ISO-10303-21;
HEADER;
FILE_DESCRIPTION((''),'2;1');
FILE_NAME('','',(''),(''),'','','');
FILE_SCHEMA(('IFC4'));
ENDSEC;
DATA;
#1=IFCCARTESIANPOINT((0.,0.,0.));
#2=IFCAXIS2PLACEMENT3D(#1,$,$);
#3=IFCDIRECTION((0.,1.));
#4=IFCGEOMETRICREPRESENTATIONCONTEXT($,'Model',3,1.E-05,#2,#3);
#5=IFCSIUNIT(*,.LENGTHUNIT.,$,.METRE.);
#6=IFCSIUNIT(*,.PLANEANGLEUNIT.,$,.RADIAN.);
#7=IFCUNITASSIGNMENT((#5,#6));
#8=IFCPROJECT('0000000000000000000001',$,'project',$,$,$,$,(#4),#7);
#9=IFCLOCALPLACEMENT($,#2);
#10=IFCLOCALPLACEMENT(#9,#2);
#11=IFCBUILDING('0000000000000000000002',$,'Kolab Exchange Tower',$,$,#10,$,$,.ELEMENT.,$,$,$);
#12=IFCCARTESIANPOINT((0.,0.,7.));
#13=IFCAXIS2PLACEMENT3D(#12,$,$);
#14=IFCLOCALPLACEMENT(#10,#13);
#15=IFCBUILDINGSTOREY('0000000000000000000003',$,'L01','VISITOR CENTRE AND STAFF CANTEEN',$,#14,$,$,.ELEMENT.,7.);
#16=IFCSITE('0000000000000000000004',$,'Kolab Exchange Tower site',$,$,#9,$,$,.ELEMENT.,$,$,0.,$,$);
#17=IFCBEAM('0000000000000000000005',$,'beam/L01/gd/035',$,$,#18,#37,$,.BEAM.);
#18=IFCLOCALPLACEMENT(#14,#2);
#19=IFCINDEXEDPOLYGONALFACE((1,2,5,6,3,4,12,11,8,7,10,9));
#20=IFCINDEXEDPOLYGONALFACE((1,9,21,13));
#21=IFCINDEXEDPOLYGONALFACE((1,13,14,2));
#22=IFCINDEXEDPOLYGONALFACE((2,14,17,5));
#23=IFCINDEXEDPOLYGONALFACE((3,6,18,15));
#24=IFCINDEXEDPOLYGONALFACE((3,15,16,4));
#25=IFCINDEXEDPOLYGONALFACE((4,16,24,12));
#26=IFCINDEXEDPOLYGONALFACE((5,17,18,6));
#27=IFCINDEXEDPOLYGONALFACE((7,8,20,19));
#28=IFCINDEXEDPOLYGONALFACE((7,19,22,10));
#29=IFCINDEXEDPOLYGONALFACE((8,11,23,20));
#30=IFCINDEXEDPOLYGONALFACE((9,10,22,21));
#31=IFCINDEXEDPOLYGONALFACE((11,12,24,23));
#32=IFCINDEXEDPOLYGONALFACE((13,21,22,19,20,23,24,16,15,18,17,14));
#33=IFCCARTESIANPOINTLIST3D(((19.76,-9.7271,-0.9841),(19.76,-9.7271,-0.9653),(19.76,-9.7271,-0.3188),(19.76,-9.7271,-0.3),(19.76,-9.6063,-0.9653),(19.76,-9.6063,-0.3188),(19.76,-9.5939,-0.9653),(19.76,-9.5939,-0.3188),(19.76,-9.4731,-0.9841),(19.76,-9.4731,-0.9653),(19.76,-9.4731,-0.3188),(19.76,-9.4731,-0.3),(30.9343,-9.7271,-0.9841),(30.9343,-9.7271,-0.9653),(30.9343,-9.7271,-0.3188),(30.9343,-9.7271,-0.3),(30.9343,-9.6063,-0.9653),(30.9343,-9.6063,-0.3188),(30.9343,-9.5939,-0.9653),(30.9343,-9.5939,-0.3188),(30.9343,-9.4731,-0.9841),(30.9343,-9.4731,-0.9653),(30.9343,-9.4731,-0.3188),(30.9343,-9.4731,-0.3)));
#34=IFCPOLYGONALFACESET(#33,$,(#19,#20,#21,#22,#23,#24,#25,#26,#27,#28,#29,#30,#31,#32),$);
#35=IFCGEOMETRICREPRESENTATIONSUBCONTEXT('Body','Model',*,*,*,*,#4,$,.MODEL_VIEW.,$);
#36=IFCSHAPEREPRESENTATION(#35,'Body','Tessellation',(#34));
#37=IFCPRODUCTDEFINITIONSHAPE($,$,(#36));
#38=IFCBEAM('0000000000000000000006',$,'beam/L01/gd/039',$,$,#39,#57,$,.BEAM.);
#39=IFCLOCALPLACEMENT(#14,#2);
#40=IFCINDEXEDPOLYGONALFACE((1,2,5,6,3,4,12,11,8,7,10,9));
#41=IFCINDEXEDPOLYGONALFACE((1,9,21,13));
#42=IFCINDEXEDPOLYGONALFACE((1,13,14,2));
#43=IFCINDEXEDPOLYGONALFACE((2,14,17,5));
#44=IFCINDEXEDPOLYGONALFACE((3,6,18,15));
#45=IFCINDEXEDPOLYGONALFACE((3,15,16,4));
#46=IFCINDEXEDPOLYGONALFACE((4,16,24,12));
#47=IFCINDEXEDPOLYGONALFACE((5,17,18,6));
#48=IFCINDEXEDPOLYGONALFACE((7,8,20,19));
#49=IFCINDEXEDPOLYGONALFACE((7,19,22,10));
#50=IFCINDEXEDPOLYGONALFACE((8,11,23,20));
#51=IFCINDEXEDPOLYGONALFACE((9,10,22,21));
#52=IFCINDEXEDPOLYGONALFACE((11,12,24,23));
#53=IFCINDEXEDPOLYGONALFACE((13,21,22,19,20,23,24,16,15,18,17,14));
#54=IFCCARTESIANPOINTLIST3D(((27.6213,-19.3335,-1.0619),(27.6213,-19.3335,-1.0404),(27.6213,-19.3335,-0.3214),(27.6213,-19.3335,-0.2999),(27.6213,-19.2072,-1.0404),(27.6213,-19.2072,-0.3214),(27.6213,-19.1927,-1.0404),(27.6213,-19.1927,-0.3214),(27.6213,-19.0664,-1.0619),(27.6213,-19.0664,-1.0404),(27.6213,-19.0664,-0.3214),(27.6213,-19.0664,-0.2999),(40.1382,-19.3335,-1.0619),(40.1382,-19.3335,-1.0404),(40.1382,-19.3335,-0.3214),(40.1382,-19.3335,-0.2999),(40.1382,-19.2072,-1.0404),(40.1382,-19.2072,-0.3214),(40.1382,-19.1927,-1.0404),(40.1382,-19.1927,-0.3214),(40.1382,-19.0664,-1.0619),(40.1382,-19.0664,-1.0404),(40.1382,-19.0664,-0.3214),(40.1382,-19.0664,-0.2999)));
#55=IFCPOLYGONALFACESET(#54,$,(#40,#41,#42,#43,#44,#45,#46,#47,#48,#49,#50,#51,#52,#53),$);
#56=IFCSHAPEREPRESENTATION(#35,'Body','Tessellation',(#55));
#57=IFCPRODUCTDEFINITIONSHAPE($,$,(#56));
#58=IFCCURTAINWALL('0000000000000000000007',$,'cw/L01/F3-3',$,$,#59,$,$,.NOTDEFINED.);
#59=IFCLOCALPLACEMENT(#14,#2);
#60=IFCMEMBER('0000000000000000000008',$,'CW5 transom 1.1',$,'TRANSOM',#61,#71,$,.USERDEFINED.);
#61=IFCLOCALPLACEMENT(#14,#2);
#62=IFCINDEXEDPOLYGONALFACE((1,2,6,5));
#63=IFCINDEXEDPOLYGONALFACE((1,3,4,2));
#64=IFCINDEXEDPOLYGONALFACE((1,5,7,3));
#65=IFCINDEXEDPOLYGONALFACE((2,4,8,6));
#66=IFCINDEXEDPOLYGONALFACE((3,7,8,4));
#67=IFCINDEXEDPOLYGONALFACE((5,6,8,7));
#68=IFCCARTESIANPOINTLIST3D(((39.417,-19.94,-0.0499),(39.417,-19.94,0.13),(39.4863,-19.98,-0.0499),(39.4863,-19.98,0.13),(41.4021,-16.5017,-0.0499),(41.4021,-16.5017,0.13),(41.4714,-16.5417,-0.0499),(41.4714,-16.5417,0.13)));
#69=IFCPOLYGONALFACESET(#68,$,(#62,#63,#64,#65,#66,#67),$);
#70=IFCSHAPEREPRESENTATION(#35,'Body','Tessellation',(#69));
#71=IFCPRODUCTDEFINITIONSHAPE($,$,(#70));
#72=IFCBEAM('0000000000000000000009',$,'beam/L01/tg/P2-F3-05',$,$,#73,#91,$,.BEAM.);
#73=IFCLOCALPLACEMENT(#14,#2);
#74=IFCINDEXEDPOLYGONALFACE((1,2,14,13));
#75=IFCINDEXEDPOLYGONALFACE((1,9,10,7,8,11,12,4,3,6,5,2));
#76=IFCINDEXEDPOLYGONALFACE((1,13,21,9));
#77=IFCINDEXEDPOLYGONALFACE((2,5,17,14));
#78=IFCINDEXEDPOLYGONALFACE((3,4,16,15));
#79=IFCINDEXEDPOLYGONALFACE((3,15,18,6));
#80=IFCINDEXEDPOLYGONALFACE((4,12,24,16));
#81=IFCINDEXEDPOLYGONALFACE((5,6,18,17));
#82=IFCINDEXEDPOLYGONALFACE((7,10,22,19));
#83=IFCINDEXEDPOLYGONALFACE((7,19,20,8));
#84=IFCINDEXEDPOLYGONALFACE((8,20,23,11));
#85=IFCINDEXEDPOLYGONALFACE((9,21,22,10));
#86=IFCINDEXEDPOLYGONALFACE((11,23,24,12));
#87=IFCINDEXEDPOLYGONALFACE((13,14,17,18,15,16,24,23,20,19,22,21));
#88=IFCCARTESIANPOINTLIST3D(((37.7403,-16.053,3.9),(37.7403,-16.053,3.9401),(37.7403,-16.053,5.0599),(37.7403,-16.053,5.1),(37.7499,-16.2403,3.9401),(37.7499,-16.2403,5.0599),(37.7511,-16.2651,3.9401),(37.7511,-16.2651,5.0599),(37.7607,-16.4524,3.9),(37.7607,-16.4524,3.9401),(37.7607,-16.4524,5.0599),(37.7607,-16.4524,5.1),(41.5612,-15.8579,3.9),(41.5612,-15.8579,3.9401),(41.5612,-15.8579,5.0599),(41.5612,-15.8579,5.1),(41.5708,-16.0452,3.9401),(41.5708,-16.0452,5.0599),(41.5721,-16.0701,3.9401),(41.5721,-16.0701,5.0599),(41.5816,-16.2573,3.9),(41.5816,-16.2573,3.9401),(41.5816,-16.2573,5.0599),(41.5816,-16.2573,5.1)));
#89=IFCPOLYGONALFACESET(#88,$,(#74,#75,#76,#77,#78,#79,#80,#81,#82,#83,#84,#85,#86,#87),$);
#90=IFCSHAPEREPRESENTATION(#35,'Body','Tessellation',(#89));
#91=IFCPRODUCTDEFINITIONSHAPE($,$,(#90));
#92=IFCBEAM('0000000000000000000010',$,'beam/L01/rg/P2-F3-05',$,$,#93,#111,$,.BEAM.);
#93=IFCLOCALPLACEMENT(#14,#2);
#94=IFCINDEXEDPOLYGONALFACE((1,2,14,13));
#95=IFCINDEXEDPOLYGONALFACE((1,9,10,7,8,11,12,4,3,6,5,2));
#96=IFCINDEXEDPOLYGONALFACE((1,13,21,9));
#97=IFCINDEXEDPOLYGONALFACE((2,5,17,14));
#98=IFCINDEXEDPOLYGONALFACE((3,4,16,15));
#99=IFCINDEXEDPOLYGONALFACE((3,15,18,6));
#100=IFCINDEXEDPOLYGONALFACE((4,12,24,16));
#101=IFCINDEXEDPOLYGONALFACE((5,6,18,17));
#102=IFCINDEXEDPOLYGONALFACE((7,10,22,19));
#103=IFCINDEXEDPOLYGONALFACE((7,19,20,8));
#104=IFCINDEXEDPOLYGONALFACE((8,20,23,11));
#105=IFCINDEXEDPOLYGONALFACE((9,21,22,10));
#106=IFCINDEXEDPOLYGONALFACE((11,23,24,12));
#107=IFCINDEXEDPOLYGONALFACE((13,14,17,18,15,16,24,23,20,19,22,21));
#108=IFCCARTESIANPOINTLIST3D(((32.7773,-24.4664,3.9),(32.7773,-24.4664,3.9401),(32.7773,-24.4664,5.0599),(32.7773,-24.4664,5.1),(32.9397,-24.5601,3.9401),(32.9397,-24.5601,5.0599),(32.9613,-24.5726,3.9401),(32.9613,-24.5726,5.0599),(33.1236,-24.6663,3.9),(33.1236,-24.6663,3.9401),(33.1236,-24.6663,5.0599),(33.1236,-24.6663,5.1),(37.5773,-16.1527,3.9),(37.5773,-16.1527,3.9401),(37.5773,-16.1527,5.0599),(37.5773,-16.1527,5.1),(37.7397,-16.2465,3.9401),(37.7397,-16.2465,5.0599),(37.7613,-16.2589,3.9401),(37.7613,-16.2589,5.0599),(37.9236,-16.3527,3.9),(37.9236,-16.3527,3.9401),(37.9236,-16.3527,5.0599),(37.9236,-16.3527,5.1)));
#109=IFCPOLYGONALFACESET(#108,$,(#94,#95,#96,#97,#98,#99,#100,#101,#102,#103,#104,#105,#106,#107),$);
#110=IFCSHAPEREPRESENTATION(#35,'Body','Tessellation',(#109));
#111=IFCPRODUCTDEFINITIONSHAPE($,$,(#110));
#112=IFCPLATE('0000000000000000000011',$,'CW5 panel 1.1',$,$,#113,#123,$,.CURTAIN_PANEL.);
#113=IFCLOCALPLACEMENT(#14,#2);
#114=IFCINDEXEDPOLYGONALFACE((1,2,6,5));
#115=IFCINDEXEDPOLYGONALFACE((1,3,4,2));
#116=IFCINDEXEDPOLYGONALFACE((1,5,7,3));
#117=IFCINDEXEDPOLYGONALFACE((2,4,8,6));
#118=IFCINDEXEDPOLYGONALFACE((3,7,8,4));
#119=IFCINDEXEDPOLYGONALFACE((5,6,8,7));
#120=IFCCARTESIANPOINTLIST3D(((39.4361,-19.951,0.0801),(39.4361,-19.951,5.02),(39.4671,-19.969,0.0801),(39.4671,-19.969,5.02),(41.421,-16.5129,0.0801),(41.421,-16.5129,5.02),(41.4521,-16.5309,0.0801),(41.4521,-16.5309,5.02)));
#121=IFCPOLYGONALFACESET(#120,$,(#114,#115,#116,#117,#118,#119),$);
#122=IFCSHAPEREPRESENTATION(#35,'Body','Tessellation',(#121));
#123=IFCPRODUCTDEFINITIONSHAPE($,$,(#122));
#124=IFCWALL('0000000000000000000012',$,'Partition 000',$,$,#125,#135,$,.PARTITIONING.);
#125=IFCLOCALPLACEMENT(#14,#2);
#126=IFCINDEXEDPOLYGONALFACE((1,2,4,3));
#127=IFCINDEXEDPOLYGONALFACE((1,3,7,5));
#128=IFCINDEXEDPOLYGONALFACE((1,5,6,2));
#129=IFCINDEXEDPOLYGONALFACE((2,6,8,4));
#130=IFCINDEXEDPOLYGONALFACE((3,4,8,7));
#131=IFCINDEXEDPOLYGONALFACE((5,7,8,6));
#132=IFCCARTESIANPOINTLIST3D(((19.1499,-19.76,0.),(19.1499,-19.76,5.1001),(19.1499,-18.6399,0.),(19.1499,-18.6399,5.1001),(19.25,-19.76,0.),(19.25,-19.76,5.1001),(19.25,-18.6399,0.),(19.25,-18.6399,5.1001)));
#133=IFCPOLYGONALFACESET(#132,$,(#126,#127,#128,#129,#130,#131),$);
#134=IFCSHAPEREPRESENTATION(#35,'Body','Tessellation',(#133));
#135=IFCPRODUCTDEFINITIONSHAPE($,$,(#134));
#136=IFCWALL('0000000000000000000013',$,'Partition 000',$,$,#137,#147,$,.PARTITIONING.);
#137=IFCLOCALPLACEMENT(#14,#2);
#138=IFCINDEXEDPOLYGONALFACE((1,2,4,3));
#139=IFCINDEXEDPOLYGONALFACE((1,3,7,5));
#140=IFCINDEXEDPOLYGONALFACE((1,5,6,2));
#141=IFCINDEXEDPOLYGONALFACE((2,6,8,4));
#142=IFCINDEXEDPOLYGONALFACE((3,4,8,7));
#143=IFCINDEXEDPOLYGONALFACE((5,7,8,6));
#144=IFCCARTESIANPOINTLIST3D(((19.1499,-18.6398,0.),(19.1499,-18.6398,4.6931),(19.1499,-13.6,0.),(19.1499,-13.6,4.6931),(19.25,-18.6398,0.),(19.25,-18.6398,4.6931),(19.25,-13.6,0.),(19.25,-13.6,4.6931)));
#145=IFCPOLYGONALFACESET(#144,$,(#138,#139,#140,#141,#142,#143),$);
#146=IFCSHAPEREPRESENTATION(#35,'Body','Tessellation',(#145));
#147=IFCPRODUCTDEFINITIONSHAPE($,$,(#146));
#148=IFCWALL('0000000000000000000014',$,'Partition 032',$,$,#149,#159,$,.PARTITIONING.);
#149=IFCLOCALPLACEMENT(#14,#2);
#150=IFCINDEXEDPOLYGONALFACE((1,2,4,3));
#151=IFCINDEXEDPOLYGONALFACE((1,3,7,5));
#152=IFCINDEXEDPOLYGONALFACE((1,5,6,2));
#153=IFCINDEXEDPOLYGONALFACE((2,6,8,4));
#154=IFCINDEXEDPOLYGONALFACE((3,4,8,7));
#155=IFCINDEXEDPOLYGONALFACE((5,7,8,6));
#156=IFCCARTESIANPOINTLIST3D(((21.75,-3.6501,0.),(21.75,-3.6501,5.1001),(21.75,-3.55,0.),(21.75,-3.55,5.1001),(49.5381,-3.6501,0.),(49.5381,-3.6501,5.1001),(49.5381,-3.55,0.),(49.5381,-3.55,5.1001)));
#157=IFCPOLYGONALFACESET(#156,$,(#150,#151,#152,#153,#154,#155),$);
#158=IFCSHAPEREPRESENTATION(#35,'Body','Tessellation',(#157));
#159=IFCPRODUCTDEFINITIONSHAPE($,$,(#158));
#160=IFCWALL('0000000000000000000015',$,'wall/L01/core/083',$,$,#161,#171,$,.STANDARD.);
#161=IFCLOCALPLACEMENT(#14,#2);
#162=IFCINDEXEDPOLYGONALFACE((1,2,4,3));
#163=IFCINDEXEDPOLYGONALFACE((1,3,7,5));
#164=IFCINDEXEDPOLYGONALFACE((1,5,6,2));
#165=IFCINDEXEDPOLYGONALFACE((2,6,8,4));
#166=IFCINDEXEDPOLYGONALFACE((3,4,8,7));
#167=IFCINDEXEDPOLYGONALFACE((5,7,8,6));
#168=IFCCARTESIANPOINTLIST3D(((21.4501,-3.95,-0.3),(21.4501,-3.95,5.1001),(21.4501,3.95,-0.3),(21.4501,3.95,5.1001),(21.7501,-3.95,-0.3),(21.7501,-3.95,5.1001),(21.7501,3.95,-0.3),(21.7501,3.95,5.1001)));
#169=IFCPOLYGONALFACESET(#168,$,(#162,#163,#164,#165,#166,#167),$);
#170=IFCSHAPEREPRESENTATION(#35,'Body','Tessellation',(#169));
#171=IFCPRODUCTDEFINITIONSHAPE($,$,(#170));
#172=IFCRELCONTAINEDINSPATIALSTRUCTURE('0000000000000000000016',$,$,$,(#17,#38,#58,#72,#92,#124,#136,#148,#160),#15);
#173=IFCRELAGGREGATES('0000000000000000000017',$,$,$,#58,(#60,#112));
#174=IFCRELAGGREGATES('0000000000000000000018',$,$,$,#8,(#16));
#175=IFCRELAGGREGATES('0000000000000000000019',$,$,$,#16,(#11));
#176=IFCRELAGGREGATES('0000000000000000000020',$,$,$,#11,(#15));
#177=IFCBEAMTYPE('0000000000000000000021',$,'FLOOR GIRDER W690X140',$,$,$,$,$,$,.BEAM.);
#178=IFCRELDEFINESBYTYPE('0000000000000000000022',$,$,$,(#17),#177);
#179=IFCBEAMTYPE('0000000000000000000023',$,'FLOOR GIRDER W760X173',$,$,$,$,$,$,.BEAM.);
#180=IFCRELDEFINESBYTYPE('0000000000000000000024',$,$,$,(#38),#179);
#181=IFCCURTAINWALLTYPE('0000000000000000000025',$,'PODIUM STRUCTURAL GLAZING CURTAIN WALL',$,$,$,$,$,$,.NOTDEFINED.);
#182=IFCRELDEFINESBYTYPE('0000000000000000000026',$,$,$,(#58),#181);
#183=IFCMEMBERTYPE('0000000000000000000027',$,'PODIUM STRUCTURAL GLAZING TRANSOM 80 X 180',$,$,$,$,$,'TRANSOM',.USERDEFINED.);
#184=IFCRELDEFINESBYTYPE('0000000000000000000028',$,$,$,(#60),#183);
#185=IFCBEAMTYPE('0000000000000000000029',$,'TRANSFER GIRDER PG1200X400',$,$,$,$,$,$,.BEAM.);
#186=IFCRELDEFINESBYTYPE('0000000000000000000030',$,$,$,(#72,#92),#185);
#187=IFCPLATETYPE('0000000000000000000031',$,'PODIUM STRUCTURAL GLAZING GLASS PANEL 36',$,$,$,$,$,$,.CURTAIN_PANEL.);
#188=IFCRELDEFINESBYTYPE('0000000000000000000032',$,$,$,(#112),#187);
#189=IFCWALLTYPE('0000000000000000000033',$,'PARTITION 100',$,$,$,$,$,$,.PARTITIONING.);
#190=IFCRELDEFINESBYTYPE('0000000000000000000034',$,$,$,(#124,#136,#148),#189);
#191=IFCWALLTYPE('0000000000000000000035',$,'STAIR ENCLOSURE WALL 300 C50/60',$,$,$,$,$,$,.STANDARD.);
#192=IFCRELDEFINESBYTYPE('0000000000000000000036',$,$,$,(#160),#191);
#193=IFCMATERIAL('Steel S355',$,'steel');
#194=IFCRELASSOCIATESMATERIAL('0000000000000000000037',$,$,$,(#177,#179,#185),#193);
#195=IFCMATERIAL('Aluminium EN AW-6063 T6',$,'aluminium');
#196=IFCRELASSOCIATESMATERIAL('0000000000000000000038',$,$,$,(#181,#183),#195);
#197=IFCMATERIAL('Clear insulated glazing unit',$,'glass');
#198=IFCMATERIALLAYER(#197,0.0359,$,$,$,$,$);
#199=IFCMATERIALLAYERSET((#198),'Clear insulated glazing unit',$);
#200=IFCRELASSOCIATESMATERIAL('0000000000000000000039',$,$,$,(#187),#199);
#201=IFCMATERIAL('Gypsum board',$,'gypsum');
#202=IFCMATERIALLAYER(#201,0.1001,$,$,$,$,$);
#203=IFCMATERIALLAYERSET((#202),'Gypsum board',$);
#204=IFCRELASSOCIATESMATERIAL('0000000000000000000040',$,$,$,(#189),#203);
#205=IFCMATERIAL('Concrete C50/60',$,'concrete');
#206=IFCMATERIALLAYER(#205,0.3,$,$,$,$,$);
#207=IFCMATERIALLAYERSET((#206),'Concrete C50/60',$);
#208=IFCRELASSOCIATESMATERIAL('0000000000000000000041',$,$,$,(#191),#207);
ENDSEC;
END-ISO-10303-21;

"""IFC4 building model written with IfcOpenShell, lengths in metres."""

from ifc_helpers import new_model, si_unit, direction, frame, frame_2d, origin, origin_2d, place, context, subcontext, project, spatial, rectangle, i_section, extrude, material, layer, layer_set, material_profile, profile_set, type_object, element, aggregate, save


model = new_model("IFC4")

# Units and contexts
model_context = context("Model", 3, precision=1e-05, world=origin(), true_north=direction((0.0, 1.0)))
body_context = subcontext(model_context, "Body", "Model", "MODEL_VIEW")
ifc_project = project(units=[si_unit("LENGTHUNIT", "METRE"), si_unit("PLANEANGLEUNIT", "RADIAN")], contexts=[model_context])

# Site, building, storey
site_placement = place(None, origin())
site = spatial("IfcSite", under=ifc_project, at=site_placement, Name="Kolab Exchange Tower site", CompositionType="ELEMENT", RefElevation=0.0)
building_placement = place(site_placement, origin())
building = spatial("IfcBuilding", under=site, at=building_placement, Name="Kolab Exchange Tower", CompositionType="ELEMENT")
storey_placement = place(building_placement, frame((0.0, 0.0, 7.0)))
storey = spatial("IfcBuildingStorey", under=building, at=storey_placement, Name="L01", Description="VISITOR CENTRE AND STAFF CANTEEN", CompositionType="ELEMENT", Elevation=7.0)

# Beams
ifc_material_1 = material(Name="Steel S355", Category="steel")
ifc_material_profile_1 = material_profile(ifc_material_1, i_section(OverallWidth=0.2539, OverallDepth=0.6841, WebThickness=0.0125, FlangeThickness=0.0188, at=origin_2d()), Name="W690X140")
ifc_profile_set_1 = profile_set([ifc_material_profile_1], Name="Steel S355")
beam_type_1 = type_object("IfcBeamType", Name="FLOOR GIRDER W690X140", PredefinedType="BEAM", material=ifc_profile_set_1)
beam_1_placement = place(storey_placement, frame((19.76, -9.6001, -0.6421), z_axis=(1.0, 0.0, 0.0), x_axis=(0.0, 1.0, 0.0)))
element("IfcBeam", 1, at=beam_1_placement, inside=storey, type_object=beam_type_1, Name="beam/L01/gd/035", PredefinedType="BEAM", context=body_context, shape_type="SweptSolid", body=[
    extrude(i_section(OverallWidth=0.2539, OverallDepth=0.6841, WebThickness=0.0125, FlangeThickness=0.0188, at=origin_2d()), origin(), (0.0, 0.0, 1.0), 11.1743),
])
ifc_material_profile_2 = material_profile(ifc_material_1, i_section(OverallWidth=0.2671, OverallDepth=0.762, WebThickness=0.0144, FlangeThickness=0.0215, at=origin_2d()), Name="W760X173")
ifc_profile_set_2 = profile_set([ifc_material_profile_2], Name="Steel S355")
beam_type_2 = type_object("IfcBeamType", Name="FLOOR GIRDER W760X173", PredefinedType="BEAM", material=ifc_profile_set_2)
beam_2_placement = place(storey_placement, frame((27.6213, -19.2, -0.6809), z_axis=(1.0, 0.0, 0.0), x_axis=(0.0, 1.0, 0.0)))
element("IfcBeam", 2, at=beam_2_placement, inside=storey, type_object=beam_type_2, Name="beam/L01/gd/039", PredefinedType="BEAM", context=body_context, shape_type="SweptSolid", body=[
    extrude(i_section(OverallWidth=0.2671, OverallDepth=0.762, WebThickness=0.0144, FlangeThickness=0.0215, at=origin_2d()), origin(), (0.0, 0.0, 1.0), 12.5168),
])

# Curtain wall, member
ifc_material_2 = material(Name="Aluminium EN AW-6063 T6", Category="aluminium")
curtain_wall_type = type_object("IfcCurtainWallType", Name="PODIUM STRUCTURAL GLAZING CURTAIN WALL", PredefinedType="NOTDEFINED", material=ifc_material_2)
curtain_wall_placement = place(storey_placement, origin())
curtain_wall = element("IfcCurtainWall", 3, at=curtain_wall_placement, inside=storey, type_object=curtain_wall_type, Name="cw/L01/F3-3", PredefinedType="NOTDEFINED")
ifc_material_profile_3 = material_profile(ifc_material_2, rectangle(XDim=0.0801, YDim=0.1799, at=origin_2d()), Name="RECT 80X180")
ifc_profile_set_3 = profile_set([ifc_material_profile_3], Name="Aluminium EN AW-6063 T6")
member_type = type_object("IfcMemberType", Name="PODIUM STRUCTURAL GLAZING TRANSOM 80 X 180", ElementType="TRANSOM", PredefinedType="USERDEFINED", material=ifc_profile_set_3)
member_placement = place(storey_placement, frame((41.4368, -16.5217, 0.04), z_axis=(-0.500008, -0.866021, 0.0), x_axis=(0.866021, -0.500008, 0.0)))
member = element("IfcMember", 4, at=member_placement, type_object=member_type, Name="CW5 transom 1.1", ObjectType="TRANSOM", PredefinedType="USERDEFINED", context=body_context, shape_type="SweptSolid", body=[
    extrude(rectangle(XDim=0.0801, YDim=0.1799, at=origin_2d()), origin(), (0.0, 0.0, 1.0), 3.9702),
])

# Beams
ifc_material_profile_4 = material_profile(ifc_material_1, i_section(OverallWidth=0.3999, OverallDepth=1.2, WebThickness=0.0249, FlangeThickness=0.04, at=origin_2d()), Name="PG1200X400")
ifc_profile_set_4 = profile_set([ifc_material_profile_4], Name="Steel S355")
beam_type_3 = type_object("IfcBeamType", Name="TRANSFER GIRDER PG1200X400", PredefinedType="BEAM", material=ifc_profile_set_4)
beam_3_placement = place(storey_placement, frame((37.7505, -16.2527, 4.5), z_axis=(0.998699, 0.050985, 0.0), x_axis=(-0.050985, 0.998699, 0.0)))
element("IfcBeam", 5, at=beam_3_placement, inside=storey, type_object=beam_type_3, Name="beam/L01/tg/P2-F3-05", PredefinedType="BEAM", context=body_context, shape_type="SweptSolid", body=[
    extrude(i_section(OverallWidth=0.3999, OverallDepth=1.2, WebThickness=0.0249, FlangeThickness=0.04, at=origin_2d()), origin(), (0.0, 0.0, 1.0), 3.8259),
])
beam_4_placement = place(storey_placement, frame((37.7505, -16.2527, 4.5), z_axis=(-0.500009, -0.86602, 0.0), x_axis=(0.86602, -0.500009, 0.0)))
element("IfcBeam", 6, at=beam_4_placement, inside=storey, type_object=beam_type_3, Name="beam/L01/rg/P2-F3-05", PredefinedType="BEAM", context=body_context, shape_type="SweptSolid", body=[
    extrude(i_section(OverallWidth=0.3999, OverallDepth=1.2, WebThickness=0.0249, FlangeThickness=0.04, at=origin_2d()), origin(), (0.0, 0.0, 1.0), 9.5999),
])

# Plate
ifc_material_3 = material(Name="Clear insulated glazing unit", Category="glass")
ifc_layer_1 = layer(ifc_material_3, 0.0359)
ifc_layer_set_1 = layer_set([ifc_layer_1], Name="Clear insulated glazing unit")
plate_type = type_object("IfcPlateType", Name="PODIUM STRUCTURAL GLAZING GLASS PANEL 36", PredefinedType="CURTAIN_PANEL", material=ifc_layer_set_1)
plate_placement = place(storey_placement, frame((40.4441, -18.241, 0.0801), z_axis=(0.0, 0.0, 1.0), x_axis=(-0.5, -0.866025, 0.0)))
plate = element("IfcPlate", 7, at=plate_placement, type_object=plate_type, Name="CW5 panel 1.1", PredefinedType="CURTAIN_PANEL", context=body_context, shape_type="SweptSolid", body=[
    extrude(rectangle(XDim=3.97, YDim=0.0359, at=origin_2d()), origin(), (0.0, 0.0, 1.0), 4.9399),
])
aggregate(curtain_wall, [member, plate])

# Walls
ifc_material_4 = material(Name="Gypsum board", Category="gypsum")
ifc_layer_2 = layer(ifc_material_4, 0.1001)
ifc_layer_set_2 = layer_set([ifc_layer_2], Name="Gypsum board")
wall_type_1 = type_object("IfcWallType", Name="PARTITION 100", PredefinedType="PARTITIONING", material=ifc_layer_set_2)
wall_1_placement = place(storey_placement, frame((19.2, -19.76, 0.0), z_axis=(0.0, 0.0, 1.0), x_axis=(0.0, 1.0, 0.0)))
element("IfcWall", 8, at=wall_1_placement, inside=storey, type_object=wall_type_1, Name="Partition 000", PredefinedType="PARTITIONING", context=body_context, shape_type="SweptSolid", body=[
    extrude(rectangle(XDim=1.1201, YDim=0.1001, at=frame_2d((0.5601, 0.0))), origin(), (0.0, 0.0, 1.0), 5.1001),
])
wall_2_placement = place(storey_placement, frame((19.2, -18.6399, 0.0), z_axis=(0.0, 0.0, 1.0), x_axis=(0.0, 1.0, 0.0)))
element("IfcWall", 9, at=wall_2_placement, inside=storey, type_object=wall_type_1, Name="Partition 000", PredefinedType="PARTITIONING", context=body_context, shape_type="SweptSolid", body=[
    extrude(rectangle(XDim=5.0398, YDim=0.1001, at=frame_2d((2.52, 0.0))), origin(), (0.0, 0.0, 1.0), 4.6931),
])
wall_3_placement = place(storey_placement, frame((21.75, -3.6001, 0.0), z_axis=(0.0, 0.0, 1.0), x_axis=(1.0, 0.0, 0.0)))
element("IfcWall", 10, at=wall_3_placement, inside=storey, type_object=wall_type_1, Name="Partition 032", PredefinedType="PARTITIONING", context=body_context, shape_type="SweptSolid", body=[
    extrude(rectangle(XDim=27.7881, YDim=0.1001, at=frame_2d((13.894, 0.0))), origin(), (0.0, 0.0, 1.0), 5.1001),
])
ifc_material_5 = material(Name="Concrete C50/60", Category="concrete")
ifc_layer_3 = layer(ifc_material_5, 0.3)
ifc_layer_set_3 = layer_set([ifc_layer_3], Name="Concrete C50/60")
wall_type_2 = type_object("IfcWallType", Name="STAIR ENCLOSURE WALL 300 C50/60", PredefinedType="STANDARD", material=ifc_layer_set_3)
wall_4_placement = place(storey_placement, frame((21.6001, -3.95, -0.3), z_axis=(0.0, 0.0, 1.0), x_axis=(0.0, 1.0, 0.0)))
element("IfcWall", 11, at=wall_4_placement, inside=storey, type_object=wall_type_2, Name="wall/L01/core/083", PredefinedType="STANDARD", context=body_context, shape_type="SweptSolid", body=[
    extrude(rectangle(XDim=7.8999, YDim=0.3, at=frame_2d((3.95, 0.0))), origin(), (0.0, 0.0, 1.0), 5.4001),
])

save(model, "model.ifc")
